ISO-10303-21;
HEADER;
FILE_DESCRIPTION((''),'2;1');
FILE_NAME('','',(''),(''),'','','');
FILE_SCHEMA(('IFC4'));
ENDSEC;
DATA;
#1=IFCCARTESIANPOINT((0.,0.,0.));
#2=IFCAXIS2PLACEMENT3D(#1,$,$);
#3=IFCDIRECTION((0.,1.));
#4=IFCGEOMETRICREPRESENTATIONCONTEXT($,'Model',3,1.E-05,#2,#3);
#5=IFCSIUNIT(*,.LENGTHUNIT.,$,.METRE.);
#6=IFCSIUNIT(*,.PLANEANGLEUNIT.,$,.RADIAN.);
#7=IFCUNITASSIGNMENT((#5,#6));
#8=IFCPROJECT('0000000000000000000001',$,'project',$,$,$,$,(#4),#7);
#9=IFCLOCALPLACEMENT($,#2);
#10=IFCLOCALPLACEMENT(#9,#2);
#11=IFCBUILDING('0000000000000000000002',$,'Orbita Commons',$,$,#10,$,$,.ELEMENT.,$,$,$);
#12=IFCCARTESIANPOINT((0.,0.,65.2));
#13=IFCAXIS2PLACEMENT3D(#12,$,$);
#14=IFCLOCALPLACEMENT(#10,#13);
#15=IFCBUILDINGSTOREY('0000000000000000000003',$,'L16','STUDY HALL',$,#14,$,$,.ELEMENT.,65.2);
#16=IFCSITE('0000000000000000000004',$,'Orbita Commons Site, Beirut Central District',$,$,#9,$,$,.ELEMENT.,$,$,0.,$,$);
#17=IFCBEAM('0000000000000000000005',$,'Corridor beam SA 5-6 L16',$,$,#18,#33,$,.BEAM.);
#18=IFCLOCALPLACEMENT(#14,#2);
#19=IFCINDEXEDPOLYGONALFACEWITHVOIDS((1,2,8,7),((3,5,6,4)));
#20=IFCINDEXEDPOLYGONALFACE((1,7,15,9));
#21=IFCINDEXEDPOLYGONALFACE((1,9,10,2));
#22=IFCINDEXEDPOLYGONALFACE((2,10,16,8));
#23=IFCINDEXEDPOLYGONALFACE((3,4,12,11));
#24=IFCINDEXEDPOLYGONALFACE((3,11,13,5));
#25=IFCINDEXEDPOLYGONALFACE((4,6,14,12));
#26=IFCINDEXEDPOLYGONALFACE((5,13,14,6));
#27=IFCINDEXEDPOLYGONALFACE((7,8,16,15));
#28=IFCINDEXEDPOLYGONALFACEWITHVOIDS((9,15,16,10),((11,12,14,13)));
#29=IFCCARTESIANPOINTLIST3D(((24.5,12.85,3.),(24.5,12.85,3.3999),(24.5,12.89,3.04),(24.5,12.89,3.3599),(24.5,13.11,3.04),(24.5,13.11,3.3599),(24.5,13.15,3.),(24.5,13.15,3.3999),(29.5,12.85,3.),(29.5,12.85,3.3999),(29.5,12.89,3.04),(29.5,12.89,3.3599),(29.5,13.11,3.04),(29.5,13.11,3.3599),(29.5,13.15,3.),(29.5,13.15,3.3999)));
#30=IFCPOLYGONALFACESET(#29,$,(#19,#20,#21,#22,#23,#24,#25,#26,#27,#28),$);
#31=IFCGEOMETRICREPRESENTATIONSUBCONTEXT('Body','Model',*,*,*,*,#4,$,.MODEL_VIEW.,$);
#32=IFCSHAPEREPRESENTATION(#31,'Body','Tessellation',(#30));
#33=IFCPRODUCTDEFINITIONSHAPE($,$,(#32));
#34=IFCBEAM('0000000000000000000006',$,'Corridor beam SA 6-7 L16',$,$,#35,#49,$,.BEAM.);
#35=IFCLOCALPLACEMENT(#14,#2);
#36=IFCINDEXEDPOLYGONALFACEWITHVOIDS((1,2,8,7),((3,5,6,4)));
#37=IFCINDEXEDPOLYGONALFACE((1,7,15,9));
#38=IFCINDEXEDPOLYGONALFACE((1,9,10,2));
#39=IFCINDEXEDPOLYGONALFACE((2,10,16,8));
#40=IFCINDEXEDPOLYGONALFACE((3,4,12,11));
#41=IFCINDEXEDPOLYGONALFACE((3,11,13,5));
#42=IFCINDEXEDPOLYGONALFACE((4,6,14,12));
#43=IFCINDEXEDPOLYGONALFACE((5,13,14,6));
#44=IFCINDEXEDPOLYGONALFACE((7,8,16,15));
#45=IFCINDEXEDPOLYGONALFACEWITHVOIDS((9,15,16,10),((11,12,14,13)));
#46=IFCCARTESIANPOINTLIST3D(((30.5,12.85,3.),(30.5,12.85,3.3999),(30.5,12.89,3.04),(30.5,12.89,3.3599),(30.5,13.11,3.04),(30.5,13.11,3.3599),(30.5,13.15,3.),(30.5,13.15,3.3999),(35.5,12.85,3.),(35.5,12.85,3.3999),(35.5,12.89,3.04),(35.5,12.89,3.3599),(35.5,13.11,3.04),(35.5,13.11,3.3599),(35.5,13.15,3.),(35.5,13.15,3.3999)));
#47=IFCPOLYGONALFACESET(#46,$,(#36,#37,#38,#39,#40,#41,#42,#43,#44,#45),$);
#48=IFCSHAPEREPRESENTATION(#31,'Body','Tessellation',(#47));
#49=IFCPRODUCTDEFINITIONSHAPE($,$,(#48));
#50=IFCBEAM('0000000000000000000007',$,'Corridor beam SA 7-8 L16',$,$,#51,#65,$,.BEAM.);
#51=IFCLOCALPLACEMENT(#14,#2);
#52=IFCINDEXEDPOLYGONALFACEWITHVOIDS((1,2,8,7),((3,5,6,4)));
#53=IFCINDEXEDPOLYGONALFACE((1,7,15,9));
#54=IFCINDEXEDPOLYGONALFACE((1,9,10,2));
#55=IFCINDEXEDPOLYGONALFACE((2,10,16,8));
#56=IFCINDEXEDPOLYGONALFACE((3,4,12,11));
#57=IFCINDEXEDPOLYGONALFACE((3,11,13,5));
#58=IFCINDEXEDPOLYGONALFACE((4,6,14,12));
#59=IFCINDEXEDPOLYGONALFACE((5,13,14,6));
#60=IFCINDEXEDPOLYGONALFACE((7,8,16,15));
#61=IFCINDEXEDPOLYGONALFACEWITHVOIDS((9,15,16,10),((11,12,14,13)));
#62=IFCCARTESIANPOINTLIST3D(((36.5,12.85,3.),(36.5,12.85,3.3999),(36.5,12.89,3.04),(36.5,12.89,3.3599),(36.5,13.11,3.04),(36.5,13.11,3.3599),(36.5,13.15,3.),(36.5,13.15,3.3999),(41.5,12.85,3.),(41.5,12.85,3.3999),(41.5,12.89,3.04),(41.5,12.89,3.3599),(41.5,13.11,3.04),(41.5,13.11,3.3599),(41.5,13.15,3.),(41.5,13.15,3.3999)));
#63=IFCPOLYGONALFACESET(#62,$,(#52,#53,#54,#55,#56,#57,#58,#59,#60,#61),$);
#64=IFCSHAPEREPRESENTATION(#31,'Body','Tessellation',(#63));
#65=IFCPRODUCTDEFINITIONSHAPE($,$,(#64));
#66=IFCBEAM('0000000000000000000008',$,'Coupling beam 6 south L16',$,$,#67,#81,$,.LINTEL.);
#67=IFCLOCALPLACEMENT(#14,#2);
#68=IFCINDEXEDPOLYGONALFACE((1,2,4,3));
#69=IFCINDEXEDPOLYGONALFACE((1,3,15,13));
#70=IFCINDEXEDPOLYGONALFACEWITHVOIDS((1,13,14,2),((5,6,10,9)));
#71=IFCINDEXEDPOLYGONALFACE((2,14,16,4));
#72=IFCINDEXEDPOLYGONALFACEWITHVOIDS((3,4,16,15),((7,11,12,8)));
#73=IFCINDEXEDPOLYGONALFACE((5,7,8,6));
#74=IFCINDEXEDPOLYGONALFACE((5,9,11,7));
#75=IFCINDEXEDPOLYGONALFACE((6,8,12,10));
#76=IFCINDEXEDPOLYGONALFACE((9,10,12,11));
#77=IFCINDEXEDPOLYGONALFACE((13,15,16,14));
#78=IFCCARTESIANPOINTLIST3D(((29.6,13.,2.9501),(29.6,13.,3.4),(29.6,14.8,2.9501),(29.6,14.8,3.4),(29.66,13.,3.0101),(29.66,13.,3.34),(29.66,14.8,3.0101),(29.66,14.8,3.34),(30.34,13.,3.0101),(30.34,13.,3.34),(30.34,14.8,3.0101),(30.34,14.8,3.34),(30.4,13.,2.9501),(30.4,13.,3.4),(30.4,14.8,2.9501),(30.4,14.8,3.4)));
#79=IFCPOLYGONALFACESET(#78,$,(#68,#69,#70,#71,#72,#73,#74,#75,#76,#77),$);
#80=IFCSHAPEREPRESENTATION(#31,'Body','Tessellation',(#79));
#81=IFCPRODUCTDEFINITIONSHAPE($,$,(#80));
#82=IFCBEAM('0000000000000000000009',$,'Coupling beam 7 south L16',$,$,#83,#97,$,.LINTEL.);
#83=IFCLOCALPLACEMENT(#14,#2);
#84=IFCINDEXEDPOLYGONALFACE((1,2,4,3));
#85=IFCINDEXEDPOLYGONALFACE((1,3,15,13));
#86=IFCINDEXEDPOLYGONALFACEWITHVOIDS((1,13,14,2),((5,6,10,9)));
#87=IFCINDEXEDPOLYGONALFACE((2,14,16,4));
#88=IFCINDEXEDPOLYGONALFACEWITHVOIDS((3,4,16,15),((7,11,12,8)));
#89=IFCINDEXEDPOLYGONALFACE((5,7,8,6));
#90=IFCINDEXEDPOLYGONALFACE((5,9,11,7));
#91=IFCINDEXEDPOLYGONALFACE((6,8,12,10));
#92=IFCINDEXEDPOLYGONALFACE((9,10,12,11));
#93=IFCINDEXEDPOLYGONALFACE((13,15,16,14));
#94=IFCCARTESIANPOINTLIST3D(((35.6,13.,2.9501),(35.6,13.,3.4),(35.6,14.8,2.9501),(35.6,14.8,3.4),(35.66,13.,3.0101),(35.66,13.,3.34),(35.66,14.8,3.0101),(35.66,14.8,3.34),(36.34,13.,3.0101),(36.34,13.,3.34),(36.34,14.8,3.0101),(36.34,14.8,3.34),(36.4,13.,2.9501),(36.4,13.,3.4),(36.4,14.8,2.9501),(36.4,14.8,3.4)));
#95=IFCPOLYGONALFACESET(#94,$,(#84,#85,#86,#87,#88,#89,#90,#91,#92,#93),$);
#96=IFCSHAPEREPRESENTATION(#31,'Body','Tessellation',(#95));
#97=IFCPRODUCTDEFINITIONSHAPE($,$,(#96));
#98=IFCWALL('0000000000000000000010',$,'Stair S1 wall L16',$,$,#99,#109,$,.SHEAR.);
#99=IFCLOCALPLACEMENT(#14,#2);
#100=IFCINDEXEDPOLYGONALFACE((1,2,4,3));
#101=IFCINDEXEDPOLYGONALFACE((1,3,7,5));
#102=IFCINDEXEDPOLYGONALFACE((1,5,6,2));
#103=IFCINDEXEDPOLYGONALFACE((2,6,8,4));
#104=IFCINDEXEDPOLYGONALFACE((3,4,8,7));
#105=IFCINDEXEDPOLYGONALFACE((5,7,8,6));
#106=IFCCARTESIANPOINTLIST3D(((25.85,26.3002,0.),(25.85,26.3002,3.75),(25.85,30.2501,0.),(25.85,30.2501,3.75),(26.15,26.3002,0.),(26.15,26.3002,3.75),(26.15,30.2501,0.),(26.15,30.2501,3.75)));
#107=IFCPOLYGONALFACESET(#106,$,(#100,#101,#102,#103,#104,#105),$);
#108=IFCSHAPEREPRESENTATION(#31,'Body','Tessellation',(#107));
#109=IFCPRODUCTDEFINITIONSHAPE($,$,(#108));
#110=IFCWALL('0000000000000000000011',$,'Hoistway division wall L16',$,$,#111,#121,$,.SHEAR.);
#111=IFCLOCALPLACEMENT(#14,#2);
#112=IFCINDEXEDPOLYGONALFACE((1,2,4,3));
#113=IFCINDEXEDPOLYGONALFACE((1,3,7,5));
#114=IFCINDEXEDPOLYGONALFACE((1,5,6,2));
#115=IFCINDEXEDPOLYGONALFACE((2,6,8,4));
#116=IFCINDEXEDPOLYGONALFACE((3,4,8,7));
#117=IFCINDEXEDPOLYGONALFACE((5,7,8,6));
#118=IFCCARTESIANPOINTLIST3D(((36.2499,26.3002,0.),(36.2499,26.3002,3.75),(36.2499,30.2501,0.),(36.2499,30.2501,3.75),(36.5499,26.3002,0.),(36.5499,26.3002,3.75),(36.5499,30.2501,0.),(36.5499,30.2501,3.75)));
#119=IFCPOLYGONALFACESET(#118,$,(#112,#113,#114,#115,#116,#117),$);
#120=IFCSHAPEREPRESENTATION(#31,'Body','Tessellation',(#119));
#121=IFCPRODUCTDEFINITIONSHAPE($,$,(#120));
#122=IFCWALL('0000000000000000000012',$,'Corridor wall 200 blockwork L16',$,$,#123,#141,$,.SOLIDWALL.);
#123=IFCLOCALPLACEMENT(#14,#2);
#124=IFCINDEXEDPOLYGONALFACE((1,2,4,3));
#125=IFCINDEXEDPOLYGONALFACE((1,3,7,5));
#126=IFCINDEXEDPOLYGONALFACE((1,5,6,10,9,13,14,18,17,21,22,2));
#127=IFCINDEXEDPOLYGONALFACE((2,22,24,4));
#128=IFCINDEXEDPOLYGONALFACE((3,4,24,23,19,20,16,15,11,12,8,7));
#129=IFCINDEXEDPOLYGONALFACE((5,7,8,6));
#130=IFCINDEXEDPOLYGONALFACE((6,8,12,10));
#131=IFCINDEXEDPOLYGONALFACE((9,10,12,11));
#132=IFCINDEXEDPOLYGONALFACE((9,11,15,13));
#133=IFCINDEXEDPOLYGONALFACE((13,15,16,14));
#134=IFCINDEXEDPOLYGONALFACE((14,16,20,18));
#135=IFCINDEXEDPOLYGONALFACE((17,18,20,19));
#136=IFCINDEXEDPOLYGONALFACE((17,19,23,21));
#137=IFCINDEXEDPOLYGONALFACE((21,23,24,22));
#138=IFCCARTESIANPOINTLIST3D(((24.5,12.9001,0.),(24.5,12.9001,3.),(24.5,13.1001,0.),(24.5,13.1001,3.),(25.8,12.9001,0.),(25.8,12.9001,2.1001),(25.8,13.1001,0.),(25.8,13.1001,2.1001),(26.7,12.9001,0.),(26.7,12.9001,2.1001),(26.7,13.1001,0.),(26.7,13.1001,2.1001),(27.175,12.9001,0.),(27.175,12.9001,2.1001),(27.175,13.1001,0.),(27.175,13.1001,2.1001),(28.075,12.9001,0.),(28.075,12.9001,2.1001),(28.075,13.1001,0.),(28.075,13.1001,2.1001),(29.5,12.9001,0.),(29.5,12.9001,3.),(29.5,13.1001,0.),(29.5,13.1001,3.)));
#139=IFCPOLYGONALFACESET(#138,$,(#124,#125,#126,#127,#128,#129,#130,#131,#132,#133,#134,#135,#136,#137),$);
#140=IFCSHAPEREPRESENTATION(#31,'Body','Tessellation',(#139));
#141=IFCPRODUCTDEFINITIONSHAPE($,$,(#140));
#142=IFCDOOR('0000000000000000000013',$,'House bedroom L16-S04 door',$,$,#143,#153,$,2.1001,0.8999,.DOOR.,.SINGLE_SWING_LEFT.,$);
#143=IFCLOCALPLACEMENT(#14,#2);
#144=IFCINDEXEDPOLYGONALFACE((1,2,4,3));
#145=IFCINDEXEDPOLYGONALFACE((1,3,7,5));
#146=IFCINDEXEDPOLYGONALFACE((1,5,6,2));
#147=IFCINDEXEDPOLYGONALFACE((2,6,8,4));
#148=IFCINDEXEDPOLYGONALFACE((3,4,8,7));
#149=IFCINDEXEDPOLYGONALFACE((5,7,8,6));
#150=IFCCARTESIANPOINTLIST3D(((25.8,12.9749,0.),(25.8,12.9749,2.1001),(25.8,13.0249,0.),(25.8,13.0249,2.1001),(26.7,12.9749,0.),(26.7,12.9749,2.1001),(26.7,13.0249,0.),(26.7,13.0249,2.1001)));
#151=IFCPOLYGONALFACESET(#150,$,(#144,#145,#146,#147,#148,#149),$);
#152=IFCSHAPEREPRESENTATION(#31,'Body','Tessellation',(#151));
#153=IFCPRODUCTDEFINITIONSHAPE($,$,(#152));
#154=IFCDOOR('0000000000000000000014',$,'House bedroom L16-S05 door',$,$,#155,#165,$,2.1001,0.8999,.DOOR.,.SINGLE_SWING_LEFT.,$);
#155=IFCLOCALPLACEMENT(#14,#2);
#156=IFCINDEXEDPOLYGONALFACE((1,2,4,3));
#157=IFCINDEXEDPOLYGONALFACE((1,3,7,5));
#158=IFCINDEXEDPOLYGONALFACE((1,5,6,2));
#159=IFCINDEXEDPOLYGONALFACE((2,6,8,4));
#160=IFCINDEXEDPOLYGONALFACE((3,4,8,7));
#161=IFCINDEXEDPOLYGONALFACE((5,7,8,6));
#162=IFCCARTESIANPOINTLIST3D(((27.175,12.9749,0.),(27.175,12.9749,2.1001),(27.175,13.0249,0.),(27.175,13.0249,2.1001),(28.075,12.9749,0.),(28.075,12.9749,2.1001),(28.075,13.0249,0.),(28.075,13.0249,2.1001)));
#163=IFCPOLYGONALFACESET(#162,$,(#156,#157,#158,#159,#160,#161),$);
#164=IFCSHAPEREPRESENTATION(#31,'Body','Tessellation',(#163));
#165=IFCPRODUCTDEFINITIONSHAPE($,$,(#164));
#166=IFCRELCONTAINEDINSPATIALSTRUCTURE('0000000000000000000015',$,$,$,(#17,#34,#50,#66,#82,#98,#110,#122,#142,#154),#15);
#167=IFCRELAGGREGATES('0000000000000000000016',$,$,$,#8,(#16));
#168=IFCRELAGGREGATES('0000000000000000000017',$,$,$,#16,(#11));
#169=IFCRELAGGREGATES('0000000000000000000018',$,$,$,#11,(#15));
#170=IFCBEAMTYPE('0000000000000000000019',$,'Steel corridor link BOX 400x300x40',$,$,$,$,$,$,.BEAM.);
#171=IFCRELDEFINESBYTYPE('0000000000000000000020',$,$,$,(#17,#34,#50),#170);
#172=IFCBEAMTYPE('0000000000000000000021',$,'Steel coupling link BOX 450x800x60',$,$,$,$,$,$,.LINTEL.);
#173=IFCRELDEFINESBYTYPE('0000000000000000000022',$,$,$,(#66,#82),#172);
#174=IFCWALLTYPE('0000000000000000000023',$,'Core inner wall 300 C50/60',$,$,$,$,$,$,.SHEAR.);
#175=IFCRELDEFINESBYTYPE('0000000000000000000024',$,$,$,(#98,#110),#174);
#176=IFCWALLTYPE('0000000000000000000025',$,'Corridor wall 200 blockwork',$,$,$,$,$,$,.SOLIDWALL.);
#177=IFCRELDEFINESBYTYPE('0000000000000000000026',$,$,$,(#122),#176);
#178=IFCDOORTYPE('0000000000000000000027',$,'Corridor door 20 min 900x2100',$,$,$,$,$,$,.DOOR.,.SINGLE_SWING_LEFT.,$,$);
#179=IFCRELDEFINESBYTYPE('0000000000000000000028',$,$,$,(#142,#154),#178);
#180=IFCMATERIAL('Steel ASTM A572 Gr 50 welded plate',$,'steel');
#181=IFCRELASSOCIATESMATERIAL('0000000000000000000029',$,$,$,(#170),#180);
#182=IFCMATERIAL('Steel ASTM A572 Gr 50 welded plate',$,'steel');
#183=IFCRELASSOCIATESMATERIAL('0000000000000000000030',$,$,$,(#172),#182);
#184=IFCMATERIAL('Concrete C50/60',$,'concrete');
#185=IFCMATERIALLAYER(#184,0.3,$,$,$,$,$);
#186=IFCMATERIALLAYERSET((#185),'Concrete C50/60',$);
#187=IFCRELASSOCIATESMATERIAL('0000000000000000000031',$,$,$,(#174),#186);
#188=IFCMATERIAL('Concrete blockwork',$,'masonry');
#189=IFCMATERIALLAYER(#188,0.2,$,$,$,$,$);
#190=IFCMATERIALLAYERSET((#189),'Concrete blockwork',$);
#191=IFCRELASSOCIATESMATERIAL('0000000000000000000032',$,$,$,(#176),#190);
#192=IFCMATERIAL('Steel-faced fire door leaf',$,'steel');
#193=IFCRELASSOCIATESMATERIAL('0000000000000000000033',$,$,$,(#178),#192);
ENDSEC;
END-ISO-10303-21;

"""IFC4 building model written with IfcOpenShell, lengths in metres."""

from ifc_helpers import new_model, si_unit, direction, frame, frame_2d, origin, origin_2d, place, context, subcontext, project, spatial, polyline, rectangle, hollow_rectangle, outline, extrude, material, layer, layer_set, material_profile, profile_set, type_object, element, fill, save


model = new_model("IFC4")

# Units and contexts
model_context = context("Model", 3, precision=1e-05, world=origin(), true_north=direction((0.0, 1.0)))
body_context = subcontext(model_context, "Body", "Model", "MODEL_VIEW")
ifc_project = project(units=[si_unit("LENGTHUNIT", "METRE"), si_unit("PLANEANGLEUNIT", "RADIAN")], contexts=[model_context])

# Site, building, storey
site_placement = place(None, origin())
site = spatial("IfcSite", under=ifc_project, at=site_placement, Name="Orbita Commons Site, Beirut Central District", CompositionType="ELEMENT", RefElevation=0.0)
building_placement = place(site_placement, origin())
building = spatial("IfcBuilding", under=site, at=building_placement, Name="Orbita Commons", CompositionType="ELEMENT")
storey_placement = place(building_placement, frame((0.0, 0.0, 65.2)))
storey = spatial("IfcBuildingStorey", under=building, at=storey_placement, Name="L16", Description="STUDY HALL", CompositionType="ELEMENT", Elevation=65.2)

# Beams
ifc_material_1 = material(Name="Steel ASTM A572 Gr 50 welded plate", Category="steel")
ifc_material_profile_1 = material_profile(ifc_material_1, hollow_rectangle(XDim=0.3, YDim=0.3999, WallThickness=0.04, at=origin_2d()), Name="BOX 400x300x40")
ifc_profile_set_1 = profile_set([ifc_material_profile_1], Name="Steel ASTM A572 Gr 50 welded plate")
beam_type_1 = type_object("IfcBeamType", Name="Steel corridor link BOX 400x300x40", PredefinedType="BEAM", material=ifc_profile_set_1)
for number, where, z_axis, x_axis, name in (
    (1, (24.5, 13.0, 3.2), (1.0, 0.0, 0.0), (0.0, 1.0, 0.0), "Corridor beam SA 5-6 L16"),
    (2, (30.5, 13.0, 3.2), (1.0, 0.0, 0.0), (0.0, 1.0, 0.0), "Corridor beam SA 6-7 L16"),
    (3, (36.5, 13.0, 3.2), (1.0, 0.0, 0.0), (0.0, 1.0, 0.0), "Corridor beam SA 7-8 L16"),
):
    element("IfcBeam", number, at=place(storey_placement, frame(where, z_axis=z_axis, x_axis=x_axis)), inside=storey, type_object=beam_type_1, Name=name, PredefinedType="BEAM", context=body_context, shape_type="SweptSolid", body=[
        extrude(hollow_rectangle(XDim=0.3, YDim=0.3999, WallThickness=0.04, at=origin_2d()), origin(), (0.0, 0.0, 1.0), 5.0),
    ])
ifc_material_2 = material(Name="Steel ASTM A572 Gr 50 welded plate", Category="steel")
ifc_material_profile_2 = material_profile(ifc_material_2, hollow_rectangle(XDim=0.8, YDim=0.45, WallThickness=0.0601, at=origin_2d()), Name="BOX 450x800x60")
ifc_profile_set_2 = profile_set([ifc_material_profile_2], Name="Steel ASTM A572 Gr 50 welded plate")
beam_type_2 = type_object("IfcBeamType", Name="Steel coupling link BOX 450x800x60", PredefinedType="LINTEL", material=ifc_profile_set_2)
for number, where, z_axis, x_axis, name in (
    (4, (30.0, 13.0, 3.175), (0.0, 1.0, 0.0), (-1.0, 0.0, 0.0), "Coupling beam 6 south L16"),
    (5, (36.0, 13.0, 3.175), (0.0, 1.0, 0.0), (-1.0, 0.0, 0.0), "Coupling beam 7 south L16"),
):
    element("IfcBeam", number, at=place(storey_placement, frame(where, z_axis=z_axis, x_axis=x_axis)), inside=storey, type_object=beam_type_2, Name=name, PredefinedType="LINTEL", context=body_context, shape_type="SweptSolid", body=[
        extrude(hollow_rectangle(XDim=0.8, YDim=0.45, WallThickness=0.0601, at=origin_2d()), origin(), (0.0, 0.0, 1.0), 1.8),
    ])

# Walls
ifc_material_3 = material(Name="Concrete C50/60", Category="concrete")
ifc_layer_1 = layer(ifc_material_3, 0.3)
ifc_layer_set_1 = layer_set([ifc_layer_1], Name="Concrete C50/60")
wall_type_1 = type_object("IfcWallType", Name="Core inner wall 300 C50/60", PredefinedType="SHEAR", material=ifc_layer_set_1)
for number, where, z_axis, x_axis, name in (
    (6, (26.0, 26.3, 0.0), (0.0, 0.0, 1.0), (0.0, 1.0, 0.0), "Stair S1 wall L16"),
    (7, (36.3999, 26.3, 0.0), (0.0, 0.0, 1.0), (0.0, 1.0, 0.0), "Hoistway division wall L16"),
):
    element("IfcWall", number, at=place(storey_placement, frame(where, z_axis=z_axis, x_axis=x_axis)), inside=storey, type_object=wall_type_1, Name=name, PredefinedType="SHEAR", context=body_context, shape_type="SweptSolid", body=[
        extrude(rectangle(XDim=3.95, YDim=0.3, at=frame_2d((1.9751, 0.0))), origin(), (0.0, 0.0, 1.0), 3.75),
    ])

# Wall, openings, doors
ifc_material_4 = material(Name="Concrete blockwork", Category="masonry")
ifc_layer_2 = layer(ifc_material_4, 0.2)
ifc_layer_set_2 = layer_set([ifc_layer_2], Name="Concrete blockwork")
wall_type_2 = type_object("IfcWallType", Name="Corridor wall 200 blockwork", PredefinedType="SOLIDWALL", material=ifc_layer_set_2)
wall_1_placement = place(storey_placement, frame((24.5, 13.0, 0.0), z_axis=(0.0, 0.0, 1.0), x_axis=(1.0, 0.0, 0.0)))
wall_1 = element("IfcWall", 8, at=wall_1_placement, inside=storey, type_object=wall_type_2, Name="Corridor wall 200 blockwork L16", PredefinedType="SOLIDWALL", context=body_context, shape_type="SweptSolid", body=[
    extrude(outline(polyline([(0.0, 0.0), (5.0, 0.0), (5.0, 3.0), (0.0, 3.0), (0.0, 0.0)])), frame((0.0, 0.1001, 0.0), z_axis=(0.0, -1.0, 0.0), x_axis=(1.0, 0.0, 0.0)), (0.0, 0.0, 1.0), 0.2),
])
opening_1_placement = place(wall_1_placement, frame((1.3, 0.0, 0.0)))
opening_1 = element("IfcOpeningElement", 9, at=opening_1_placement, cuts=wall_1, PredefinedType="OPENING", context=body_context, shape_type="SweptSolid", body=[
    extrude(rectangle(XDim=0.8999, YDim=2.1001, at=frame_2d((0.45, 1.05))), frame((0.0, 0.1099, 0.0), z_axis=(0.0, -1.0, 0.0), x_axis=(1.0, 0.0, 0.0)), (0.0, 0.0, 1.0), 0.22),
])
opening_2_placement = place(wall_1_placement, frame((2.675, 0.0, 0.0)))
opening_2 = element("IfcOpeningElement", 10, at=opening_2_placement, cuts=wall_1, PredefinedType="OPENING", context=body_context, shape_type="SweptSolid", body=[
    extrude(rectangle(XDim=0.8999, YDim=2.1001, at=frame_2d((0.45, 1.05))), frame((0.0, 0.1099, 0.0), z_axis=(0.0, -1.0, 0.0), x_axis=(1.0, 0.0, 0.0)), (0.0, 0.0, 1.0), 0.22),
])
ifc_material_5 = material(Name="Steel-faced fire door leaf", Category="steel")
door_type_1 = type_object("IfcDoorType", Name="Corridor door 20 min 900x2100", OperationType="SINGLE_SWING_LEFT", PredefinedType="DOOR", material=ifc_material_5)
door_1_placement = place(opening_1_placement, origin())
door_1 = element("IfcDoor", 11, at=door_1_placement, inside=storey, type_object=door_type_1, Name="House bedroom L16-S04 door", OperationType="SINGLE_SWING_LEFT", OverallHeight=2.1001, OverallWidth=0.8999, PredefinedType="DOOR", context=body_context, shape_type="SweptSolid", body=[
    extrude(rectangle(XDim=0.8999, YDim=2.1001, at=frame_2d((0.45, 1.05))), frame((0.0, 0.0249, 0.0), z_axis=(0.0, -1.0, 0.0), x_axis=(1.0, 0.0, 0.0)), (0.0, 0.0, 1.0), 0.05),
])
fill(opening_1, door_1)
door_2_placement = place(opening_2_placement, origin())
door_2 = element("IfcDoor", 12, at=door_2_placement, inside=storey, type_object=door_type_1, Name="House bedroom L16-S05 door", OperationType="SINGLE_SWING_LEFT", OverallHeight=2.1001, OverallWidth=0.8999, PredefinedType="DOOR", context=body_context, shape_type="SweptSolid", body=[
    extrude(rectangle(XDim=0.8999, YDim=2.1001, at=frame_2d((0.45, 1.05))), frame((0.0, 0.0249, 0.0), z_axis=(0.0, -1.0, 0.0), x_axis=(1.0, 0.0, 0.0)), (0.0, 0.0, 1.0), 0.05),
])
fill(opening_2, door_2)

save(model, "model.ifc")
